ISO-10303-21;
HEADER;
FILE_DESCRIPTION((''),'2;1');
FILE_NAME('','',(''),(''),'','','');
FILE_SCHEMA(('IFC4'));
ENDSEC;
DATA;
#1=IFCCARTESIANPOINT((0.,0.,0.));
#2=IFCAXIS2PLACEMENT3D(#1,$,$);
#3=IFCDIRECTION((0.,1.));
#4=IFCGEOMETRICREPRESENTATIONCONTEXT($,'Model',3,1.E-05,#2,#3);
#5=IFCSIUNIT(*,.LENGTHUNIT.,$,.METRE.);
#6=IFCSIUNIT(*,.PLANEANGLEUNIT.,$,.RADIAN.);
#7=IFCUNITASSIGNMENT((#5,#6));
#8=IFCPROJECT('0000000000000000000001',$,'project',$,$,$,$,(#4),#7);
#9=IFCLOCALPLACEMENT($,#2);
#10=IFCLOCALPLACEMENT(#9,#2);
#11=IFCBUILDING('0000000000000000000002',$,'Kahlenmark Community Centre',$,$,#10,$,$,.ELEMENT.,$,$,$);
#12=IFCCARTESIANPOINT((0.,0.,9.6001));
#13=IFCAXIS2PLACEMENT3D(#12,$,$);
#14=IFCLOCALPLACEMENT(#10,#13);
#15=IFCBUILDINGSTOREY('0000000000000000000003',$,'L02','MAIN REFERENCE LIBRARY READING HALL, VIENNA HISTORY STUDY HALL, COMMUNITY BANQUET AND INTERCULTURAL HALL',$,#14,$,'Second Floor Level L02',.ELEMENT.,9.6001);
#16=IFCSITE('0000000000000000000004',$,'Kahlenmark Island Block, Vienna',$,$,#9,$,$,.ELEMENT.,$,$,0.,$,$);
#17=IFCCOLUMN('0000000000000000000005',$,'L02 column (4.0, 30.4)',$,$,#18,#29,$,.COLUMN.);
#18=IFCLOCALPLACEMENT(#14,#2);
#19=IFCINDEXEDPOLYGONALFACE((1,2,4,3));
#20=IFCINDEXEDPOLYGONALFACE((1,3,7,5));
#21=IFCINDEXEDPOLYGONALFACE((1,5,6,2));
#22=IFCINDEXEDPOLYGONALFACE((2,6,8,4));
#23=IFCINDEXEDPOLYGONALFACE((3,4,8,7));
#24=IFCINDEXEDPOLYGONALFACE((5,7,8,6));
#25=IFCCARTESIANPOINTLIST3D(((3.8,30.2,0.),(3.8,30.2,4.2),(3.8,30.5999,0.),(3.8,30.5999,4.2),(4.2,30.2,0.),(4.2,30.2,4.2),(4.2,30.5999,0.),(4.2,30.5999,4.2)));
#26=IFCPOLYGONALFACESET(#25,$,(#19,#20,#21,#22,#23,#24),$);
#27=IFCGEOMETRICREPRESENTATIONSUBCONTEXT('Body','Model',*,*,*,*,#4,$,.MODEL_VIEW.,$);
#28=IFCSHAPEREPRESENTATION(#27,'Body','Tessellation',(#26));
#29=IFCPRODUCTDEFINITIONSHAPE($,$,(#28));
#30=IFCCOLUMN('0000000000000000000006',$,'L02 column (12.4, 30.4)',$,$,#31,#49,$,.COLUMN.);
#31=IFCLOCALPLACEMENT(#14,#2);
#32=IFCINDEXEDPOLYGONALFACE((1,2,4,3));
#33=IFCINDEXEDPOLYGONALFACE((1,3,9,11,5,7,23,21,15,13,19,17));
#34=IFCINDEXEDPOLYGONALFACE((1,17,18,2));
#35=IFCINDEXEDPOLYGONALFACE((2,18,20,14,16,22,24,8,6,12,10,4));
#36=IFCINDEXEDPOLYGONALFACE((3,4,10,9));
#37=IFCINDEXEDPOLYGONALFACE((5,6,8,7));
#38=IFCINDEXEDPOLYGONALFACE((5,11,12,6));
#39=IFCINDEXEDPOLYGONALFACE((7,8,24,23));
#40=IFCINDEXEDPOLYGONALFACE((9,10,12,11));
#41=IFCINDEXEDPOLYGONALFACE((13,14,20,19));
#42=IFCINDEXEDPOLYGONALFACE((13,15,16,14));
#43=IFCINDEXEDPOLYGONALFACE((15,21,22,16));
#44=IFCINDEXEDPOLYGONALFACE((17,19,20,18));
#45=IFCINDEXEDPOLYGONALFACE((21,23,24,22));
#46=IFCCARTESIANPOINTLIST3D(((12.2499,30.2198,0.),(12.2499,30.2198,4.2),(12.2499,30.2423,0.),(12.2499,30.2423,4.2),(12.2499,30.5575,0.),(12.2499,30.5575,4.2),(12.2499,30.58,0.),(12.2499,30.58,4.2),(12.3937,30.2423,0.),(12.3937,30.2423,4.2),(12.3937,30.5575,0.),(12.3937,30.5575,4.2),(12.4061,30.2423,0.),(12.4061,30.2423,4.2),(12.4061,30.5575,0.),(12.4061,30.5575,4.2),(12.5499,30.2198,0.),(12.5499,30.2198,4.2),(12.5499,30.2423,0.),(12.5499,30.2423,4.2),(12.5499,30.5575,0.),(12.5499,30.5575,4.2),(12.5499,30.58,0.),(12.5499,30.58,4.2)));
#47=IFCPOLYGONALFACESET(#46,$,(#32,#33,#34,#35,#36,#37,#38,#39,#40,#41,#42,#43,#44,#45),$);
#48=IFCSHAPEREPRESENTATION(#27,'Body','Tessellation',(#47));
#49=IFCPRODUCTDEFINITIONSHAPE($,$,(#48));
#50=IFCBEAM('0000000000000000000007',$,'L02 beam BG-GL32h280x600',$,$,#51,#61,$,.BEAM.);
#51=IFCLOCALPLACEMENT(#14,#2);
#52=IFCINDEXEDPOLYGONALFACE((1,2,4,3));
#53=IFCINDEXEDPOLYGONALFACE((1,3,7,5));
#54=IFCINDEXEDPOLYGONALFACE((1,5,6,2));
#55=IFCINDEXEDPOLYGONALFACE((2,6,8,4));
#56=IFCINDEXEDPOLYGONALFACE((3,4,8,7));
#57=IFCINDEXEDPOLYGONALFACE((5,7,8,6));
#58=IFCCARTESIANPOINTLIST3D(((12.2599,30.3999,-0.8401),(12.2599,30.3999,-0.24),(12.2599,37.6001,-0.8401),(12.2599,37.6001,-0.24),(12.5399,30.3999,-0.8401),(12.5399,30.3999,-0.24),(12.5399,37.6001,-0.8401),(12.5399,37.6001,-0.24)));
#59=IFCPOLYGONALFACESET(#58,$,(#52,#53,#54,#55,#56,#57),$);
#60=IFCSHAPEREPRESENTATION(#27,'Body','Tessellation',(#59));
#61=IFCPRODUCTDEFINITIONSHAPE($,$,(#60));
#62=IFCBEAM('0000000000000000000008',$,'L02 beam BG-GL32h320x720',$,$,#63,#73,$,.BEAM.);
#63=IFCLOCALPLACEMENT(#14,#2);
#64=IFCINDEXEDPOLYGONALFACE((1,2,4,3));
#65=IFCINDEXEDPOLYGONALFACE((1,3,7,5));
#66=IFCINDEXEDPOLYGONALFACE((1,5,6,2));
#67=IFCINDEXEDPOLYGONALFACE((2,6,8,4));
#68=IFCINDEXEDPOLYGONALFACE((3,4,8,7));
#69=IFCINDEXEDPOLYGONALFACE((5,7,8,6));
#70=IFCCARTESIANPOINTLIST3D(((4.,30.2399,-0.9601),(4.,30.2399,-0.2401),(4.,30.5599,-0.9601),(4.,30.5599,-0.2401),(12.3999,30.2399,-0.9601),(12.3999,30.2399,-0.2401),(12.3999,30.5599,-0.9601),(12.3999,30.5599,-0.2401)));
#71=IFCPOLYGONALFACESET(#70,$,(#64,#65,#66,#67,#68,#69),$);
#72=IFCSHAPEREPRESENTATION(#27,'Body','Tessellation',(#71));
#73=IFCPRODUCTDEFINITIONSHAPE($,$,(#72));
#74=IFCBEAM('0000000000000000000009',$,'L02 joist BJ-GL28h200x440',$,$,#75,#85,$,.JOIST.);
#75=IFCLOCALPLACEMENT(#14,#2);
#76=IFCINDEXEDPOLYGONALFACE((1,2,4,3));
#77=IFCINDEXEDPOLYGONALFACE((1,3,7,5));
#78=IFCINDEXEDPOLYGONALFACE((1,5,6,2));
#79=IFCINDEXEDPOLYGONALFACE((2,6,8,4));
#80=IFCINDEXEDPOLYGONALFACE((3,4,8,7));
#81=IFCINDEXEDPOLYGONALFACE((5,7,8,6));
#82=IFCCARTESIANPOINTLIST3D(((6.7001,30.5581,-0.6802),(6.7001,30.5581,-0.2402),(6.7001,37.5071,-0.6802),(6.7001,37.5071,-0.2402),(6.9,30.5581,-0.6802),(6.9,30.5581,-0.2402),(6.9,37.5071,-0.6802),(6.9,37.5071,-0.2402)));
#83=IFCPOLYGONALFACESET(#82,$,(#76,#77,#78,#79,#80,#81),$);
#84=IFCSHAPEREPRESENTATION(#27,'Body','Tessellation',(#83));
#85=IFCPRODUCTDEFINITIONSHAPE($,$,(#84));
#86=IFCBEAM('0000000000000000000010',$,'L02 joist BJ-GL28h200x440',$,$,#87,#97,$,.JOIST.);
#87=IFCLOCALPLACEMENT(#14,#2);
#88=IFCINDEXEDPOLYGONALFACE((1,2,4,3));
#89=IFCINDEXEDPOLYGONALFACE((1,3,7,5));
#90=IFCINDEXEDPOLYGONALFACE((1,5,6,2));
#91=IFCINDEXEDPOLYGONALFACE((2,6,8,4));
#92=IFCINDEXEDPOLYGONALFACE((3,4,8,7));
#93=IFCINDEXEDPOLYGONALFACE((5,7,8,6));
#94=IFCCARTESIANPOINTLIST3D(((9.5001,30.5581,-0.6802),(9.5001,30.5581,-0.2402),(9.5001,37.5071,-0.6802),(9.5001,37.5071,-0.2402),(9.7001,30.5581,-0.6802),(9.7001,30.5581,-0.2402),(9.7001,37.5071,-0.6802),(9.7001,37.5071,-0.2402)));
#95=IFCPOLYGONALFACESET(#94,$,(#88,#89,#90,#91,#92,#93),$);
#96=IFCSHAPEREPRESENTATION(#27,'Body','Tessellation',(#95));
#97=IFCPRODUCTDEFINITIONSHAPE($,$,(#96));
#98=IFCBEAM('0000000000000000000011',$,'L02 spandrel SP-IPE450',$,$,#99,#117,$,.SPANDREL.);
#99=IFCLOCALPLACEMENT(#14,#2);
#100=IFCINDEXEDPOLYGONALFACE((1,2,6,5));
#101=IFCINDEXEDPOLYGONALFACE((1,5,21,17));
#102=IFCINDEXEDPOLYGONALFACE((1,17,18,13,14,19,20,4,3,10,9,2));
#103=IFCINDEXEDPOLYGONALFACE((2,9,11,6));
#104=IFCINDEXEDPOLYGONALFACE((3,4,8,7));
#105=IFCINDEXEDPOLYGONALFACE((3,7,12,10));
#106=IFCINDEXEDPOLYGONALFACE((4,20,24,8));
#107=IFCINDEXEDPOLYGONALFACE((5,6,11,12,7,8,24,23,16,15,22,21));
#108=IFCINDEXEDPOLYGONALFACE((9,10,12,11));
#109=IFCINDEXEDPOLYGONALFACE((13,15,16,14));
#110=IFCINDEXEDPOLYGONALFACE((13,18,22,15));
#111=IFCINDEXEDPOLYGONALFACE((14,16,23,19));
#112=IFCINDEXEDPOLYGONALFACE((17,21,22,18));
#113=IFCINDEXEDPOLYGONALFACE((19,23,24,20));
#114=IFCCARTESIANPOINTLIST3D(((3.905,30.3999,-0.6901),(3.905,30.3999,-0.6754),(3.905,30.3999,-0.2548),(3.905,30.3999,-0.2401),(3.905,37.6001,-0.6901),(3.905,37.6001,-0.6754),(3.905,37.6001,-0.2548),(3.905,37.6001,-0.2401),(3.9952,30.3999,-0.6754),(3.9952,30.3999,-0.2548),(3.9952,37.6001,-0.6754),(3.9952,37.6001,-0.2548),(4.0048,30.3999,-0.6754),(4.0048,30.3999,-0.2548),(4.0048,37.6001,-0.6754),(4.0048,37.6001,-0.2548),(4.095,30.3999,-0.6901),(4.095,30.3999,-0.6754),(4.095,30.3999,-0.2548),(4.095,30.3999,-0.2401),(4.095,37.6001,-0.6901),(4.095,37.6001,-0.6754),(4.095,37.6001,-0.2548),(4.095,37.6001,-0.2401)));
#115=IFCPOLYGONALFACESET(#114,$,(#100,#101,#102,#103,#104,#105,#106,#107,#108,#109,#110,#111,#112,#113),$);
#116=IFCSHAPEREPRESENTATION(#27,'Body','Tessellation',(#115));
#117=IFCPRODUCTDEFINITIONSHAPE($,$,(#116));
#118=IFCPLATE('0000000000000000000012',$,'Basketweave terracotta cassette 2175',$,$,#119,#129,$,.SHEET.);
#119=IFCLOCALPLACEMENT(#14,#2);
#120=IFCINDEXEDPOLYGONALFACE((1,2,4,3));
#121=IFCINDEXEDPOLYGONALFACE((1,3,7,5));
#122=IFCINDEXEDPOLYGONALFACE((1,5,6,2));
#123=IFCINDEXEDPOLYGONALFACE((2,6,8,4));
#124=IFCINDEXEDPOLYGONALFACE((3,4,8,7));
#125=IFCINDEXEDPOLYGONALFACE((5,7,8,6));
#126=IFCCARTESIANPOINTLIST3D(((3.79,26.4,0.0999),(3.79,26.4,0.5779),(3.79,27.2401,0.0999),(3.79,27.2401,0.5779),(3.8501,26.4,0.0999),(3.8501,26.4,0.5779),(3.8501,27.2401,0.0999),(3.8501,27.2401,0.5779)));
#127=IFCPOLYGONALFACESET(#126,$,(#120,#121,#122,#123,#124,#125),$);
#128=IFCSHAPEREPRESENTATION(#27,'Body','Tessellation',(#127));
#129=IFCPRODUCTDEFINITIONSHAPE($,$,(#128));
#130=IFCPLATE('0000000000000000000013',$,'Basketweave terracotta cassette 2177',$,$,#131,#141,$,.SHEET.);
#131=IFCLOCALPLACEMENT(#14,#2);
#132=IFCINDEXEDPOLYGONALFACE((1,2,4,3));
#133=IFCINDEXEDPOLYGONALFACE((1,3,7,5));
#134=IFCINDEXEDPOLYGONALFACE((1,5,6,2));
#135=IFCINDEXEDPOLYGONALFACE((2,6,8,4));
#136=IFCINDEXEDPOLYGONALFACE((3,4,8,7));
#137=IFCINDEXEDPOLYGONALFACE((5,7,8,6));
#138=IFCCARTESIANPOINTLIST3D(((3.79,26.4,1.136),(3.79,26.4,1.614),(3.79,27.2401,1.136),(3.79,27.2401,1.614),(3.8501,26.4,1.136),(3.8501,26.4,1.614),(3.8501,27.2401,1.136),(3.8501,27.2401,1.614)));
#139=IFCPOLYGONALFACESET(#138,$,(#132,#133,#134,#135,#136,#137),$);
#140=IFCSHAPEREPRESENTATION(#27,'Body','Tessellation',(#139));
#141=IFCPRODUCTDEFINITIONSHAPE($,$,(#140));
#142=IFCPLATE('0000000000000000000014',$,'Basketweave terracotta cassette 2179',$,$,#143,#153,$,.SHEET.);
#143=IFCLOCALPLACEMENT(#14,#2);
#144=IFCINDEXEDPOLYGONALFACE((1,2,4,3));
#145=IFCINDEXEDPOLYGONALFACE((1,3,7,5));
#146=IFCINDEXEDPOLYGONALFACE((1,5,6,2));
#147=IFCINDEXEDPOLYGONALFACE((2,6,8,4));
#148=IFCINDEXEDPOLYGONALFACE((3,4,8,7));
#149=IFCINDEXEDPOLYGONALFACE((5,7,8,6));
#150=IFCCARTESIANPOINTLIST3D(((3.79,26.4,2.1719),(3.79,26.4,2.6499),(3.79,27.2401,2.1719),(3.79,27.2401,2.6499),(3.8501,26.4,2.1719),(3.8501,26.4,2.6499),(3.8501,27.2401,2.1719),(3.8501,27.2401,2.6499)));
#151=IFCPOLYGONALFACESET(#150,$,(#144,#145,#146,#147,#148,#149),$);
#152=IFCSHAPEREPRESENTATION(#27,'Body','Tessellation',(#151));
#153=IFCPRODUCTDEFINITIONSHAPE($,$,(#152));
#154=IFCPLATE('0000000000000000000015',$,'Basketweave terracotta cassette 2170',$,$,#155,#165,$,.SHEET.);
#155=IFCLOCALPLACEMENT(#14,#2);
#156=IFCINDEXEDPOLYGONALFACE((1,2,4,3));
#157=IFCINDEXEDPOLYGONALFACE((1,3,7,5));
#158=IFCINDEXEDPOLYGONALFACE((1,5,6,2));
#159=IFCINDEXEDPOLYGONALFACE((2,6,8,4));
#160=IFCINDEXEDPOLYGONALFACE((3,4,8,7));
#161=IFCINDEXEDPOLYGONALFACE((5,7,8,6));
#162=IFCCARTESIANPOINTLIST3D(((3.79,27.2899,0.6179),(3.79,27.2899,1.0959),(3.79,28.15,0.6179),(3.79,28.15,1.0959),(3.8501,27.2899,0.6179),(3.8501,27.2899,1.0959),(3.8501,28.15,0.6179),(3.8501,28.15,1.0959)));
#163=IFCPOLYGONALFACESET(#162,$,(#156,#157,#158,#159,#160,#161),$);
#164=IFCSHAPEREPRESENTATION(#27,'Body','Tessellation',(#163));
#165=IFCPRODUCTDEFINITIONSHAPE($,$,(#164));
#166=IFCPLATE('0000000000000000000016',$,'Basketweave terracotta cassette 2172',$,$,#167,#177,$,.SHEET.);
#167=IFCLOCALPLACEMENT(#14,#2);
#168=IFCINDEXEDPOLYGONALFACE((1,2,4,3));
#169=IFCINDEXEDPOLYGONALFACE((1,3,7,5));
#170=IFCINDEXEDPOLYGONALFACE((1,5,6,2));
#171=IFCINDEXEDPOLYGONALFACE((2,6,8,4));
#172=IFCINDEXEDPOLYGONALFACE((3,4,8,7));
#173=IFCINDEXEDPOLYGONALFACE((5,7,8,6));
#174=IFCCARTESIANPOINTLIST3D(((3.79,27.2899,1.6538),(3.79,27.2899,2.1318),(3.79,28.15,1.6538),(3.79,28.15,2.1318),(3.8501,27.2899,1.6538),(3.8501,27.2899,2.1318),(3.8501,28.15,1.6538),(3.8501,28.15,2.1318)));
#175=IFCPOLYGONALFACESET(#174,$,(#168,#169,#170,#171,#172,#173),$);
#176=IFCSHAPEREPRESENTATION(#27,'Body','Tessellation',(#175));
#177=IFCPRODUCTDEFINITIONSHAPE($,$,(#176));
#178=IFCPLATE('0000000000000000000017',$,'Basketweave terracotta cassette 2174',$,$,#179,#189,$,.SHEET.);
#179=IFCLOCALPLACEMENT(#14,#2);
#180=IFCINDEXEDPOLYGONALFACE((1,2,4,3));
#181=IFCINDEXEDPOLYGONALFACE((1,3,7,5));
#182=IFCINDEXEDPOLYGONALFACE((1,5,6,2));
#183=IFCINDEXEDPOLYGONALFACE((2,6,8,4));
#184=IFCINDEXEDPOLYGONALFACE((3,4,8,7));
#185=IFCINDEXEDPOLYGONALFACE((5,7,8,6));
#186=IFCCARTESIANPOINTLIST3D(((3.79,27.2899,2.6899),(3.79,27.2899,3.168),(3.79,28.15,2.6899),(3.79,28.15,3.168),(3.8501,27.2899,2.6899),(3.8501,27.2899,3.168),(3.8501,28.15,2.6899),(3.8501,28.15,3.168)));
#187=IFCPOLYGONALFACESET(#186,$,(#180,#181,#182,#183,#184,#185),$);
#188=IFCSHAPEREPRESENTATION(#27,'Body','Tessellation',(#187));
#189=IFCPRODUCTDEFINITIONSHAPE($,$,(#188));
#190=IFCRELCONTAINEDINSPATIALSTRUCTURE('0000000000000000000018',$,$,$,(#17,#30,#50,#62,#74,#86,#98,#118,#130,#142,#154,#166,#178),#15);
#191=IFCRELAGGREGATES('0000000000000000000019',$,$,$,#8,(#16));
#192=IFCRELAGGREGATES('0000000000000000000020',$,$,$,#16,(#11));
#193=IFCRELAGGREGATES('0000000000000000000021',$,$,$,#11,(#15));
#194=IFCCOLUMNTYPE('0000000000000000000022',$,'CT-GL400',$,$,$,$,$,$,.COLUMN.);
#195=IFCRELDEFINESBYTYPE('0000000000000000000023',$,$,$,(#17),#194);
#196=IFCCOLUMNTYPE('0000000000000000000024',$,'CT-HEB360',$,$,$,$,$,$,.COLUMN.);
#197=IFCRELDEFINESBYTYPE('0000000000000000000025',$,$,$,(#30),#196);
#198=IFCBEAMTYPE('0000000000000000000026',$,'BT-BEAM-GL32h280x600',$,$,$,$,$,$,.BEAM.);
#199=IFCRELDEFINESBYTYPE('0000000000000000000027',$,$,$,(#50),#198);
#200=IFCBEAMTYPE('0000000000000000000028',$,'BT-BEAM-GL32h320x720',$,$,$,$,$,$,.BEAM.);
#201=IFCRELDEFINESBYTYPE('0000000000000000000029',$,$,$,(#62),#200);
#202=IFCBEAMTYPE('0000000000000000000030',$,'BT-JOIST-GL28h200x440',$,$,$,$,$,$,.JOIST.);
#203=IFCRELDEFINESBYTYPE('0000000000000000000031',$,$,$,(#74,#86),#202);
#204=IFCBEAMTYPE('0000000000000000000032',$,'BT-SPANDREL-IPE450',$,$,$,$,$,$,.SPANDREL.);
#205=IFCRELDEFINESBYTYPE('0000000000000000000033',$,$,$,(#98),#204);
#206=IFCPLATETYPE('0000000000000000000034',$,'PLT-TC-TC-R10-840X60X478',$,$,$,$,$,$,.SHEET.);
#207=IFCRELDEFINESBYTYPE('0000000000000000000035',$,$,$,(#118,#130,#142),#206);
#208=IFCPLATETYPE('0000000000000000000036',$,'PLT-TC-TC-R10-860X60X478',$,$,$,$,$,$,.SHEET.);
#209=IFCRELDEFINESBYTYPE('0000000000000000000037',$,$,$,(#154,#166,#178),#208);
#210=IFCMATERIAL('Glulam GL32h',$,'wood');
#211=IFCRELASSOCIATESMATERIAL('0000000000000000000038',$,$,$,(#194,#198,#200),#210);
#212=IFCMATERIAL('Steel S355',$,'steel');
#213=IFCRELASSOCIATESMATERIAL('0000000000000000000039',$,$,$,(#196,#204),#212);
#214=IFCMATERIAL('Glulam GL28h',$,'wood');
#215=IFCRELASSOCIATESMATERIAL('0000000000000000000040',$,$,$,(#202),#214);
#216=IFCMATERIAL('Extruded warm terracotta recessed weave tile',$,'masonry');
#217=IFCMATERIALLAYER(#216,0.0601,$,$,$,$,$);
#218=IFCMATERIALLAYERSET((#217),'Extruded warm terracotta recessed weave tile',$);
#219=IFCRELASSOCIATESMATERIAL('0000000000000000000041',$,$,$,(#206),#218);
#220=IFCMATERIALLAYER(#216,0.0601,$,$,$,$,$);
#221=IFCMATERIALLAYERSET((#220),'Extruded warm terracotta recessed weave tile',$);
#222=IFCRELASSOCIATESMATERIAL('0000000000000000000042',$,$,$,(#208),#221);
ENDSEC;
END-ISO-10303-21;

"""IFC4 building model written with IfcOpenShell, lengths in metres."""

from ifc_helpers import new_model, si_unit, direction, frame, origin, origin_2d, place, context, subcontext, project, spatial, rectangle, i_section, extrude, material, layer, layer_set, material_profile, profile_set, type_object, element, save


model = new_model("IFC4")

# Units and contexts
model_context = context("Model", 3, precision=1e-05, world=origin(), true_north=direction((0.0, 1.0)))
body_context = subcontext(model_context, "Body", "Model", "MODEL_VIEW")
ifc_project = project(units=[si_unit("LENGTHUNIT", "METRE"), si_unit("PLANEANGLEUNIT", "RADIAN")], contexts=[model_context])

# Site, building, storey
site_placement = place(None, origin())
site = spatial("IfcSite", under=ifc_project, at=site_placement, Name="Kahlenmark Island Block, Vienna", CompositionType="ELEMENT", RefElevation=0.0)
building_placement = place(site_placement, origin())
building = spatial("IfcBuilding", under=site, at=building_placement, Name="Kahlenmark Community Centre", CompositionType="ELEMENT")
storey_placement = place(building_placement, frame((0.0, 0.0, 9.6001)))
storey = spatial("IfcBuildingStorey", under=building, at=storey_placement, Name="L02", Description="MAIN REFERENCE LIBRARY READING HALL, VIENNA HISTORY STUDY HALL, COMMUNITY BANQUET AND INTERCULTURAL HALL", LongName="Second Floor Level L02", CompositionType="ELEMENT", Elevation=9.6001)

# Columns
ifc_material_1 = material(Name="Glulam GL32h", Category="wood")
ifc_material_profile_1 = material_profile(ifc_material_1, rectangle(XDim=0.3999, YDim=0.3999, at=origin_2d()), Name="GL32h 400x400")
ifc_profile_set_1 = profile_set([ifc_material_profile_1], Name="Glulam GL32h")
column_type_1 = type_object("IfcColumnType", Name="CT-GL400", PredefinedType="COLUMN", material=ifc_profile_set_1)
column_1_placement = place(storey_placement, frame((4.0, 30.3999, 0.0), z_axis=(0.0, 0.0, 1.0), x_axis=(1.0, 0.0, 0.0)))
element("IfcColumn", 1, at=column_1_placement, inside=storey, type_object=column_type_1, Name="L02 column (4.0, 30.4)", PredefinedType="COLUMN", context=body_context, shape_type="SweptSolid", body=[
    extrude(rectangle(XDim=0.3999, YDim=0.3999, at=origin_2d()), origin(), (0.0, 0.0, 1.0), 4.2),
])
ifc_material_2 = material(Name="Steel S355", Category="steel")
ifc_material_profile_2 = material_profile(ifc_material_2, i_section(OverallWidth=0.3, OverallDepth=0.3601, WebThickness=0.0125, FlangeThickness=0.0225, at=origin_2d()), Name="HEB 360")
ifc_profile_set_2 = profile_set([ifc_material_profile_2], Name="Steel S355")
column_type_2 = type_object("IfcColumnType", Name="CT-HEB360", PredefinedType="COLUMN", material=ifc_profile_set_2)
column_2_placement = place(storey_placement, frame((12.3999, 30.3999, 0.0), z_axis=(0.0, 0.0, 1.0), x_axis=(1.0, 0.0, 0.0)))
element("IfcColumn", 2, at=column_2_placement, inside=storey, type_object=column_type_2, Name="L02 column (12.4, 30.4)", PredefinedType="COLUMN", context=body_context, shape_type="SweptSolid", body=[
    extrude(i_section(OverallWidth=0.3, OverallDepth=0.3601, WebThickness=0.0125, FlangeThickness=0.0225, at=origin_2d()), origin(), (0.0, 0.0, 1.0), 4.2),
])

# Beams
ifc_material_profile_3 = material_profile(ifc_material_1, rectangle(XDim=0.28, YDim=0.6001, at=origin_2d()), Name="GL32h 280x600")
ifc_profile_set_3 = profile_set([ifc_material_profile_3], Name="Glulam GL32h")
beam_type_1 = type_object("IfcBeamType", Name="BT-BEAM-GL32h280x600", PredefinedType="BEAM", material=ifc_profile_set_3)
beam_1_placement = place(storey_placement, frame((12.3999, 30.3999, -0.54), z_axis=(0.0, 1.0, 0.0), x_axis=(-1.0, 0.0, 0.0)))
element("IfcBeam", 3, at=beam_1_placement, inside=storey, type_object=beam_type_1, Name="L02 beam BG-GL32h280x600", PredefinedType="BEAM", context=body_context, shape_type="SweptSolid", body=[
    extrude(rectangle(XDim=0.28, YDim=0.6001, at=origin_2d()), origin(), (0.0, 0.0, 1.0), 7.2002),
])
ifc_material_profile_4 = material_profile(ifc_material_1, rectangle(XDim=0.3201, YDim=0.72, at=origin_2d()), Name="GL32h 320x720")
ifc_profile_set_4 = profile_set([ifc_material_profile_4], Name="Glulam GL32h")
beam_type_2 = type_object("IfcBeamType", Name="BT-BEAM-GL32h320x720", PredefinedType="BEAM", material=ifc_profile_set_4)
beam_2_placement = place(storey_placement, frame((4.0, 30.3999, -0.6001), z_axis=(1.0, 0.0, 0.0), x_axis=(0.0, 1.0, 0.0)))
element("IfcBeam", 4, at=beam_2_placement, inside=storey, type_object=beam_type_2, Name="L02 beam BG-GL32h320x720", PredefinedType="BEAM", context=body_context, shape_type="SweptSolid", body=[
    extrude(rectangle(XDim=0.3201, YDim=0.72, at=origin_2d()), origin(), (0.0, 0.0, 1.0), 8.3999),
])
ifc_material_3 = material(Name="Glulam GL28h", Category="wood")
ifc_material_profile_5 = material_profile(ifc_material_3, rectangle(XDim=0.2, YDim=0.4399, at=origin_2d()), Name="GL28h 200x440")
ifc_profile_set_5 = profile_set([ifc_material_profile_5], Name="Glulam GL28h")
beam_type_3 = type_object("IfcBeamType", Name="BT-JOIST-GL28h200x440", PredefinedType="JOIST", material=ifc_profile_set_5)
for number, where, z_axis, x_axis, name in (
    (5, (6.8, 30.5581, -0.4602), (0.0, 1.0, 0.0), (-1.0, 0.0, 0.0), "L02 joist BJ-GL28h200x440"),
    (6, (9.6001, 30.5581, -0.4602), (0.0, 1.0, 0.0), (-1.0, 0.0, 0.0), "L02 joist BJ-GL28h200x440"),
):
    element("IfcBeam", number, at=place(storey_placement, frame(where, z_axis=z_axis, x_axis=x_axis)), inside=storey, type_object=beam_type_3, Name=name, PredefinedType="JOIST", context=body_context, shape_type="SweptSolid", body=[
        extrude(rectangle(XDim=0.2, YDim=0.4399, at=origin_2d()), origin(), (0.0, 0.0, 1.0), 6.949),
    ])
ifc_material_profile_6 = material_profile(ifc_material_2, i_section(OverallWidth=0.1899, OverallDepth=0.45, WebThickness=0.0095, FlangeThickness=0.0146, at=origin_2d()), Name="IPE 450")
ifc_profile_set_6 = profile_set([ifc_material_profile_6], Name="Steel S355")
beam_type_4 = type_object("IfcBeamType", Name="BT-SPANDREL-IPE450", PredefinedType="SPANDREL", material=ifc_profile_set_6)
beam_3_placement = place(storey_placement, frame((4.0, 30.3999, -0.4651), z_axis=(0.0, 1.0, 0.0), x_axis=(-1.0, 0.0, 0.0)))
element("IfcBeam", 7, at=beam_3_placement, inside=storey, type_object=beam_type_4, Name="L02 spandrel SP-IPE450", PredefinedType="SPANDREL", context=body_context, shape_type="SweptSolid", body=[
    extrude(i_section(OverallWidth=0.1899, OverallDepth=0.45, WebThickness=0.0095, FlangeThickness=0.0146, at=origin_2d()), origin(), (0.0, 0.0, 1.0), 7.2002),
])

# Plates
ifc_material_4 = material(Name="Extruded warm terracotta recessed weave tile", Category="masonry")
ifc_layer_1 = layer(ifc_material_4, 0.0601)
ifc_layer_set_1 = layer_set([ifc_layer_1], Name="Extruded warm terracotta recessed weave tile")
plate_type_1 = type_object("IfcPlateType", Name="PLT-TC-TC-R10-840X60X478", PredefinedType="SHEET", material=ifc_layer_set_1)
for number, where, z_axis, x_axis, name in (
    (8, (3.8201, 26.8201, 0.0999), (0.0, 0.0, 1.0), (0.0, -1.0, 0.0), "Basketweave terracotta cassette 2175"),
    (9, (3.8201, 26.8201, 1.136), (0.0, 0.0, 1.0), (0.0, -1.0, 0.0), "Basketweave terracotta cassette 2177"),
    (10, (3.8201, 26.8201, 2.1719), (0.0, 0.0, 1.0), (0.0, -1.0, 0.0), "Basketweave terracotta cassette 2179"),
):
    element("IfcPlate", number, at=place(storey_placement, frame(where, z_axis=z_axis, x_axis=x_axis)), inside=storey, type_object=plate_type_1, Name=name, PredefinedType="SHEET", context=body_context, shape_type="SweptSolid", body=[
        extrude(rectangle(XDim=0.8401, YDim=0.0601, at=origin_2d()), origin(), (0.0, 0.0, 1.0), 0.478),
    ])
ifc_layer_2 = layer(ifc_material_4, 0.0601)
ifc_layer_set_2 = layer_set([ifc_layer_2], Name="Extruded warm terracotta recessed weave tile")
plate_type_2 = type_object("IfcPlateType", Name="PLT-TC-TC-R10-860X60X478", PredefinedType="SHEET", material=ifc_layer_set_2)
for number, where, z_axis, x_axis, name in (
    (11, (3.8201, 27.72, 0.6179), (0.0, 0.0, 1.0), (0.0, -1.0, 0.0), "Basketweave terracotta cassette 2170"),
    (12, (3.8201, 27.72, 1.6538), (0.0, 0.0, 1.0), (0.0, -1.0, 0.0), "Basketweave terracotta cassette 2172"),
    (13, (3.8201, 27.72, 2.6899), (0.0, 0.0, 1.0), (0.0, -1.0, 0.0), "Basketweave terracotta cassette 2174"),
):
    element("IfcPlate", number, at=place(storey_placement, frame(where, z_axis=z_axis, x_axis=x_axis)), inside=storey, type_object=plate_type_2, Name=name, PredefinedType="SHEET", context=body_context, shape_type="SweptSolid", body=[
        extrude(rectangle(XDim=0.8601, YDim=0.0601, at=origin_2d()), origin(), (0.0, 0.0, 1.0), 0.478),
    ])

save(model, "model.ifc")
